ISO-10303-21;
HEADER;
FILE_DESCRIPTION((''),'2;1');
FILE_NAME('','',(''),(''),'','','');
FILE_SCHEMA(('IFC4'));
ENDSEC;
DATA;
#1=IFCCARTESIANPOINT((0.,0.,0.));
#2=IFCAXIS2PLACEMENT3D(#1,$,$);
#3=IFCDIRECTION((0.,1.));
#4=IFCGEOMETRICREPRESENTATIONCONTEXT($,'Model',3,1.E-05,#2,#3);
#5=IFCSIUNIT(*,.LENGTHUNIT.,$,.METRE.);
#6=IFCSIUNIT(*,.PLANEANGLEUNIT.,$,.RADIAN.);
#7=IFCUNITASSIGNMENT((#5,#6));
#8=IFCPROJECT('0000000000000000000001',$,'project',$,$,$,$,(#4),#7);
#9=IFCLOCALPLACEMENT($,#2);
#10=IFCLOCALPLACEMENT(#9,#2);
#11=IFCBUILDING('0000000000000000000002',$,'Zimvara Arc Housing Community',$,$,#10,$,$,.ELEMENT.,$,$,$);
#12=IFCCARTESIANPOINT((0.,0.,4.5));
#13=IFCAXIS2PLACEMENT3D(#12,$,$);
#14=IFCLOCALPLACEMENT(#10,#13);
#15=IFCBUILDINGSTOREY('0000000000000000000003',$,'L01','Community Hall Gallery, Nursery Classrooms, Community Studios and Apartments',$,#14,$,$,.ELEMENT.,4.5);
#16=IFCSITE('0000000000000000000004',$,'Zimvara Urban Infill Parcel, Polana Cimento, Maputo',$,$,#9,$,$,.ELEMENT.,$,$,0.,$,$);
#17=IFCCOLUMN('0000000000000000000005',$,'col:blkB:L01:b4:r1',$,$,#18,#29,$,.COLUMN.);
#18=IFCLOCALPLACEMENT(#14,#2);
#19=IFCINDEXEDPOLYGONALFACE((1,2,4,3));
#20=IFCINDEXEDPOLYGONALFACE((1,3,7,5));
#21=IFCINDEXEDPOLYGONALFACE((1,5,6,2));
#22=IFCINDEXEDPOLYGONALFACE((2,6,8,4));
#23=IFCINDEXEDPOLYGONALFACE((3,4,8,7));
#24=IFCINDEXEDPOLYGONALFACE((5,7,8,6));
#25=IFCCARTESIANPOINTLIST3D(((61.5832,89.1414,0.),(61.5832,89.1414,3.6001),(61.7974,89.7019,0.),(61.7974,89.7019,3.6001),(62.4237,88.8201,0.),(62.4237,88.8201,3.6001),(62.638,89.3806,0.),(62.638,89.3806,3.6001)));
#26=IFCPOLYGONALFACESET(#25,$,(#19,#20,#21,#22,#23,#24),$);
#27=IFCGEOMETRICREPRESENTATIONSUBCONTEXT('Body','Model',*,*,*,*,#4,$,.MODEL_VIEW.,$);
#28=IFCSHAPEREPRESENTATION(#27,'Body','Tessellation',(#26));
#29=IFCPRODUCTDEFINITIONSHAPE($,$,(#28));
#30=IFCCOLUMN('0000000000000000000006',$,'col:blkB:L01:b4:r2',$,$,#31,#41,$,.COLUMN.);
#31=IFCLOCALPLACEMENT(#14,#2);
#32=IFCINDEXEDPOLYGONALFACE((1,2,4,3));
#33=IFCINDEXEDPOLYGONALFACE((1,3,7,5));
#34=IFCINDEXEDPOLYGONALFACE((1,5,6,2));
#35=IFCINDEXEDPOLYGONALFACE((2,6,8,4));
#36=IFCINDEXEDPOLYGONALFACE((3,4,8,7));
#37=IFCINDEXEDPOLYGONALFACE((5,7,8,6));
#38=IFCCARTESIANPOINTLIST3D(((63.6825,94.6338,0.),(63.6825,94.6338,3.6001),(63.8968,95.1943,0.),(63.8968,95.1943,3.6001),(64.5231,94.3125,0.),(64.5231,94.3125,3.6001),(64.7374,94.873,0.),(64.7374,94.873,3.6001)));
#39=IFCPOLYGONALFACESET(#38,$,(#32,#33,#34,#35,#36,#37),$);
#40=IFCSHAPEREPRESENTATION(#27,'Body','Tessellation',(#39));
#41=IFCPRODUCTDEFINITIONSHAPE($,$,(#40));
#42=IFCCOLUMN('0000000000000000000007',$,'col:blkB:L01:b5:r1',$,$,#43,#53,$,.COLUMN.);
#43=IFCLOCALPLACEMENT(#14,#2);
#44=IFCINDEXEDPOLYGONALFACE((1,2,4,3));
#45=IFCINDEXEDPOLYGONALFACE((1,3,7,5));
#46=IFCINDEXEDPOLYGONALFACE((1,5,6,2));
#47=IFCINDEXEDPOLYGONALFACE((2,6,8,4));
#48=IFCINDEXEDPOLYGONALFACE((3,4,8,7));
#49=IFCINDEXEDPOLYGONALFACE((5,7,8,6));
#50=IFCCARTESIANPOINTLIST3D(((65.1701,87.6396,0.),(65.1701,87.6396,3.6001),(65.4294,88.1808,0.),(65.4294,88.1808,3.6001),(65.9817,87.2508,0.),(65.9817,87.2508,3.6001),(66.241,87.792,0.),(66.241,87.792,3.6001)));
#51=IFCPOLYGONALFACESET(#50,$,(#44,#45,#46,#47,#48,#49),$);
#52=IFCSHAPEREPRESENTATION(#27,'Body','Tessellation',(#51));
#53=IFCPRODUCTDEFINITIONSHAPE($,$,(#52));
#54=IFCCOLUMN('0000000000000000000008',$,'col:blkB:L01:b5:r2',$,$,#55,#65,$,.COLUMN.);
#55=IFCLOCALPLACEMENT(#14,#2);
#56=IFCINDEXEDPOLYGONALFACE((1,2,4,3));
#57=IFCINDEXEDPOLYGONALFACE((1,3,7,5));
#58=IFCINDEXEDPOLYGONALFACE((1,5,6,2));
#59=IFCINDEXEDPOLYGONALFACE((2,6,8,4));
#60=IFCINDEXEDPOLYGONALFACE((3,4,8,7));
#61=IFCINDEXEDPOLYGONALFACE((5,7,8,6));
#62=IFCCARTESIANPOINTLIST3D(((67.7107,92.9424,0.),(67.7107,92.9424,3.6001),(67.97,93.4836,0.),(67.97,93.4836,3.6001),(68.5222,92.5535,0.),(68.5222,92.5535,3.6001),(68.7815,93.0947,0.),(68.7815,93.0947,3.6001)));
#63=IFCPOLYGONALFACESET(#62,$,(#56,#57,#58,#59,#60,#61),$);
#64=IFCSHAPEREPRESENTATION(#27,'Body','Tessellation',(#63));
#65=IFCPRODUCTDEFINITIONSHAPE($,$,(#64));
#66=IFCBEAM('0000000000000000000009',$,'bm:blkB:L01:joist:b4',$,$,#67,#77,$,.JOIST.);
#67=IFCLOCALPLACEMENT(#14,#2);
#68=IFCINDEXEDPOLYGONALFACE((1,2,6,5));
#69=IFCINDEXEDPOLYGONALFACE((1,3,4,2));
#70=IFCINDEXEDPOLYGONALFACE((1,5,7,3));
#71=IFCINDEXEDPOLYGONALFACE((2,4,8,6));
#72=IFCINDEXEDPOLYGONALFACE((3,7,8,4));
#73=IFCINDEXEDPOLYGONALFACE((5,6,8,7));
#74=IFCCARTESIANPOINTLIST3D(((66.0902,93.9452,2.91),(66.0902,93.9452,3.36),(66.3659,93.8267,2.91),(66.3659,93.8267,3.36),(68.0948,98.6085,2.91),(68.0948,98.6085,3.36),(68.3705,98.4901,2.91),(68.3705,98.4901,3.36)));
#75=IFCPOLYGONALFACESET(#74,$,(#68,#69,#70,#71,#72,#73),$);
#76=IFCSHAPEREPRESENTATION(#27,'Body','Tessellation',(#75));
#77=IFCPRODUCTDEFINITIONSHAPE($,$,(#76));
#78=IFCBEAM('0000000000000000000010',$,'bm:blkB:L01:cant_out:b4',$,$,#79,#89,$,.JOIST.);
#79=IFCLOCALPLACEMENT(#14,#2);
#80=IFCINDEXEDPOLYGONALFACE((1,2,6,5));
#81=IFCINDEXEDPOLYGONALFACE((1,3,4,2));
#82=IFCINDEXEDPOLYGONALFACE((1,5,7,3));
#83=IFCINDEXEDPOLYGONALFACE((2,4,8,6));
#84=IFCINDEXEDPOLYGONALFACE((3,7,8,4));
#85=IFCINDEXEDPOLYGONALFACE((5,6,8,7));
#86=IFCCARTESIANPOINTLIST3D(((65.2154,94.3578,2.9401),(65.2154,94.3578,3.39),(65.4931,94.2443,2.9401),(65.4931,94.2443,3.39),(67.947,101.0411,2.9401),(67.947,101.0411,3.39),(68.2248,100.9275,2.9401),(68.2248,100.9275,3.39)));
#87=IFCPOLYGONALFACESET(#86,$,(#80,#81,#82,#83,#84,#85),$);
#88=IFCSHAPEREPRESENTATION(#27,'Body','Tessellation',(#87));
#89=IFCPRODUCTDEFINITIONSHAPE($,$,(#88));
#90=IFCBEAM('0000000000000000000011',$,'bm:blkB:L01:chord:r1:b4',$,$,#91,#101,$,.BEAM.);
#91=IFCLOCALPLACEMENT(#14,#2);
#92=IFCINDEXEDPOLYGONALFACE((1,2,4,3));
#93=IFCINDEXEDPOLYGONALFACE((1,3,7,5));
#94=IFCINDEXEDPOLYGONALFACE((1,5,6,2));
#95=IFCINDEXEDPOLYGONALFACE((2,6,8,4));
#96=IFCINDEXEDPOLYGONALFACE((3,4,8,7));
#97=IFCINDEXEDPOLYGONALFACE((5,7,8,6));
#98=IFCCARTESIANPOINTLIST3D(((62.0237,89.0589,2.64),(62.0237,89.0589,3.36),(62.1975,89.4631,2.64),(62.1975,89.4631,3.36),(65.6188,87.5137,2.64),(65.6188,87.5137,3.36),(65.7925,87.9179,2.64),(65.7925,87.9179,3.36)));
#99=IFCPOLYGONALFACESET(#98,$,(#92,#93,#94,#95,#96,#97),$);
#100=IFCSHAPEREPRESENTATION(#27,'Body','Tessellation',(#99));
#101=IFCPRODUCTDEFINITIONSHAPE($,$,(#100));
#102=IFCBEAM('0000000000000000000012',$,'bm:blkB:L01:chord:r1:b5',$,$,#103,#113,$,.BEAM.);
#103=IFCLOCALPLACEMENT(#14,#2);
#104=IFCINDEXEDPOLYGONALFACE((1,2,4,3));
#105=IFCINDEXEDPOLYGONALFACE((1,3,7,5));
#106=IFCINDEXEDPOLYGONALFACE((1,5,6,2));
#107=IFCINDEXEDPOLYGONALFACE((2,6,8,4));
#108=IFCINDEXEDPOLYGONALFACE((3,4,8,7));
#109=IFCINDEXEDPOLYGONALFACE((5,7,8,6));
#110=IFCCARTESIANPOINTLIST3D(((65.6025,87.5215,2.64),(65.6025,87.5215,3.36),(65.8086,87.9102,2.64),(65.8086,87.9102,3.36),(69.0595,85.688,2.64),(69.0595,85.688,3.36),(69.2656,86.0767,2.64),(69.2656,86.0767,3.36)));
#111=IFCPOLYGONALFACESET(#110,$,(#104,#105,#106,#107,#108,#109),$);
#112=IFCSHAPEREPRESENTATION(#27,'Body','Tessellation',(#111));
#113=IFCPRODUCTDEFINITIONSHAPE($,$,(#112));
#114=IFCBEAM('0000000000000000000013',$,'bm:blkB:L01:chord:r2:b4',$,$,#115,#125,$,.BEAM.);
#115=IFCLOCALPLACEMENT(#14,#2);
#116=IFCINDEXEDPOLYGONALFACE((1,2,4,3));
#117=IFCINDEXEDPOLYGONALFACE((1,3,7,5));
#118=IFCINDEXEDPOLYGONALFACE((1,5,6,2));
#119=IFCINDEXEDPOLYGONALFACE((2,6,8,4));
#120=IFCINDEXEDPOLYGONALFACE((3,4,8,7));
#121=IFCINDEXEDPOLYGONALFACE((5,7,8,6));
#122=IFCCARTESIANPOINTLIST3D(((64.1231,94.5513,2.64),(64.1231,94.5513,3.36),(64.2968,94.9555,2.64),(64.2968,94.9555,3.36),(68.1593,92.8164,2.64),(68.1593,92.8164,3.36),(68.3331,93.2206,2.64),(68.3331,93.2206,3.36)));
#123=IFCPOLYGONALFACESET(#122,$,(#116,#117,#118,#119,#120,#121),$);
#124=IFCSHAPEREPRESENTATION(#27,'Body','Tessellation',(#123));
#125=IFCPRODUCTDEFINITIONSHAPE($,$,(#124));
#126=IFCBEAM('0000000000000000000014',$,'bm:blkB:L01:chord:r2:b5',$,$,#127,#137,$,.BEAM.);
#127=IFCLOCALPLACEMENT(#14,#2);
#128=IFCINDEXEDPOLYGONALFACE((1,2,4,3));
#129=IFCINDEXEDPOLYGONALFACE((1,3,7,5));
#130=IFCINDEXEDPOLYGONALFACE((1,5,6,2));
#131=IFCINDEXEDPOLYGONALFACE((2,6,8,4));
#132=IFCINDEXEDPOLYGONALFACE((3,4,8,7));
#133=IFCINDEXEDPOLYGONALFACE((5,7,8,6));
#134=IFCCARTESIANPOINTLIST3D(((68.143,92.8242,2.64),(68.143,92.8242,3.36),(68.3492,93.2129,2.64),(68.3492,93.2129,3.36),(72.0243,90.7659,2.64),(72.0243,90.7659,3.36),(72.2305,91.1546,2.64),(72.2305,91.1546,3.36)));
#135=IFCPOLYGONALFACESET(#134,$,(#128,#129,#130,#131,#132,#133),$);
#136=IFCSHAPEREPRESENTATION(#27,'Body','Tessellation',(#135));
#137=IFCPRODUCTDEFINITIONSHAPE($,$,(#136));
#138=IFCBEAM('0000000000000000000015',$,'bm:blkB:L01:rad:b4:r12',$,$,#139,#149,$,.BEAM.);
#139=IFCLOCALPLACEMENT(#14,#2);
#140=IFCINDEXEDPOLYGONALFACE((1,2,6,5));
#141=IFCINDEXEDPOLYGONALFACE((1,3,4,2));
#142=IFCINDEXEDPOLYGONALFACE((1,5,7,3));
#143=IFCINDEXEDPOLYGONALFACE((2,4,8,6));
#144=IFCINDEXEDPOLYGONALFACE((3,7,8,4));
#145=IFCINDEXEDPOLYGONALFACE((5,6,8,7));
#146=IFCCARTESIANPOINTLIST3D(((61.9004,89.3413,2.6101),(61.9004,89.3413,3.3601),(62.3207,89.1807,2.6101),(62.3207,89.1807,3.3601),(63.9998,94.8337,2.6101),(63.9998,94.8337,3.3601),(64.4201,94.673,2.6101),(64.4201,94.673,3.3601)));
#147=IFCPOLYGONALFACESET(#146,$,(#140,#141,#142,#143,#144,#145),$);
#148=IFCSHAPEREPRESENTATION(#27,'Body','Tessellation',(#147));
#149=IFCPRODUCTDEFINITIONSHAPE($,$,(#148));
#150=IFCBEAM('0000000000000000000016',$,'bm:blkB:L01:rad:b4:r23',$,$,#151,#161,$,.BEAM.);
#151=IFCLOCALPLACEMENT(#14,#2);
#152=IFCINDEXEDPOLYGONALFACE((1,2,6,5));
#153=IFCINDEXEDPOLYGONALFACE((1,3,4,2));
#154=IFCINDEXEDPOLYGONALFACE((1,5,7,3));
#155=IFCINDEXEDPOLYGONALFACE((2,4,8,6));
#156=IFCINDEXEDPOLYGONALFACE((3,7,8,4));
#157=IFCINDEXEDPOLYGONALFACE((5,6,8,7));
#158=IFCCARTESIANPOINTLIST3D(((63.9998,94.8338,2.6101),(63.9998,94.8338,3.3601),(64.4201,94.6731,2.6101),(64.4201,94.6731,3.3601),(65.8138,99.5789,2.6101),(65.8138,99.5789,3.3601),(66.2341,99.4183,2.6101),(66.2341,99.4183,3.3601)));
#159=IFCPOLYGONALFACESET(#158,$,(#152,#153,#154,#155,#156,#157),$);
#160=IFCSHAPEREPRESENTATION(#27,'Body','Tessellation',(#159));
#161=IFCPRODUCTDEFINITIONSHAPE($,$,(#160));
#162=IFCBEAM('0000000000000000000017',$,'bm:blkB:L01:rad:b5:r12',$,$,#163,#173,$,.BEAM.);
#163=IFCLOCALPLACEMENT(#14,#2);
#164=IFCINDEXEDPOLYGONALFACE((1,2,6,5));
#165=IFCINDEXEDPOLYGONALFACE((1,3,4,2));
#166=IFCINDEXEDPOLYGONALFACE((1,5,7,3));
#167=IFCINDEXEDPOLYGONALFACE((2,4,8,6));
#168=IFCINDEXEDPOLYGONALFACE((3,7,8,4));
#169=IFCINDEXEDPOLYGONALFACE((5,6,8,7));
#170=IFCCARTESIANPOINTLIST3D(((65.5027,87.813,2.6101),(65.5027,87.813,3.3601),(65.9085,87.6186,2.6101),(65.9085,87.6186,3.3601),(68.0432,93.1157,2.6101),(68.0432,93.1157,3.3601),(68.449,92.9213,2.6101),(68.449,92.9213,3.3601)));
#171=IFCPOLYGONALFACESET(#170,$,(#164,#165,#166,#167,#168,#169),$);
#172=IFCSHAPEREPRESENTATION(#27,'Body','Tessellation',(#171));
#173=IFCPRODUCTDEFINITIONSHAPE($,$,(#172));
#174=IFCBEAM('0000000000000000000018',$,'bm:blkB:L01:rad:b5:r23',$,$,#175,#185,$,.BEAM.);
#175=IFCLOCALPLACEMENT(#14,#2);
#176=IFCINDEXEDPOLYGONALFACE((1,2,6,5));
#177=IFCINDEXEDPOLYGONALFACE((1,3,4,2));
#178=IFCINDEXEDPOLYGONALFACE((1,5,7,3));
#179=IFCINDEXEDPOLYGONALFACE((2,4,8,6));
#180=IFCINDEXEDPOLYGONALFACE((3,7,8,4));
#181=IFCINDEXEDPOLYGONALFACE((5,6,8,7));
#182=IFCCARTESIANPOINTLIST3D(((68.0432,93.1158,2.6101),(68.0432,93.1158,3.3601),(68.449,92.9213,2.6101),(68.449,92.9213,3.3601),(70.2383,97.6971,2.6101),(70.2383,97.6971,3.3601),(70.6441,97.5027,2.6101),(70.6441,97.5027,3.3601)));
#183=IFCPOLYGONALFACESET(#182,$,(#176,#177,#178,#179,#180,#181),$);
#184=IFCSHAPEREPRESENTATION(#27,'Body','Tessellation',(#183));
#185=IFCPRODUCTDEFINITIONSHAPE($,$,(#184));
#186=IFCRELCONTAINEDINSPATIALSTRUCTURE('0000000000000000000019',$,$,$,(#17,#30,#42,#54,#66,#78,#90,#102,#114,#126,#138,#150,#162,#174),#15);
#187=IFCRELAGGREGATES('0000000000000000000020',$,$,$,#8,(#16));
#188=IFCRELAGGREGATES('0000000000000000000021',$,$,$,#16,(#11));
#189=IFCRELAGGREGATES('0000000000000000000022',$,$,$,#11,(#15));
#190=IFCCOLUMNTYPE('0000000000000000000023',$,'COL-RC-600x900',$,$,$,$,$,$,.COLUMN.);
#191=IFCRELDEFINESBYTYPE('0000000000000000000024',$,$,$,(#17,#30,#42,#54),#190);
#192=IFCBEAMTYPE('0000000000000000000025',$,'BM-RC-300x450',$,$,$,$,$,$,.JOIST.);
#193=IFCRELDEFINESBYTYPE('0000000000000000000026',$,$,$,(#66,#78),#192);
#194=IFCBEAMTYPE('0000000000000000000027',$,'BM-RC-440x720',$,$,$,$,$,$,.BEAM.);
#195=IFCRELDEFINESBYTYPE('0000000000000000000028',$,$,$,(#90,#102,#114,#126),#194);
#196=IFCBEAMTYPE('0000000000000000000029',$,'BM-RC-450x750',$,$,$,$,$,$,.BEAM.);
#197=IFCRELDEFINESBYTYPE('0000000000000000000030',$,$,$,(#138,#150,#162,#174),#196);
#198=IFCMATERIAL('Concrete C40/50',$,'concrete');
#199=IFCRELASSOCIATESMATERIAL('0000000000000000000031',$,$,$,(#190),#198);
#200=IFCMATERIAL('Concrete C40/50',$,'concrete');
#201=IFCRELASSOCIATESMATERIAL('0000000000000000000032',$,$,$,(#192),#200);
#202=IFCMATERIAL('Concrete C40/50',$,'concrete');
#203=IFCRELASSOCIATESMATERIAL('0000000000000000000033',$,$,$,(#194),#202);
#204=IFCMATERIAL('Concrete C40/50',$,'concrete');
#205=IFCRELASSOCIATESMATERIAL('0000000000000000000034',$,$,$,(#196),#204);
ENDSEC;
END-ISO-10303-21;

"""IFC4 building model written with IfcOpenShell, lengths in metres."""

from ifc_helpers import new_model, si_unit, direction, frame, origin, origin_2d, place, context, subcontext, project, spatial, rectangle, extrude, material, material_profile, profile_set, type_object, element, save


model = new_model("IFC4")

# Units and contexts
model_context = context("Model", 3, precision=1e-05, world=origin(), true_north=direction((0.0, 1.0)))
body_context = subcontext(model_context, "Body", "Model", "MODEL_VIEW")
ifc_project = project(units=[si_unit("LENGTHUNIT", "METRE"), si_unit("PLANEANGLEUNIT", "RADIAN")], contexts=[model_context])

# Site, building, storey
site_placement = place(None, origin())
site = spatial("IfcSite", under=ifc_project, at=site_placement, Name="Zimvara Urban Infill Parcel, Polana Cimento, Maputo", CompositionType="ELEMENT", RefElevation=0.0)
building_placement = place(site_placement, origin())
building = spatial("IfcBuilding", under=site, at=building_placement, Name="Zimvara Arc Housing Community", CompositionType="ELEMENT")
storey_placement = place(building_placement, frame((0.0, 0.0, 4.5)))
storey = spatial("IfcBuildingStorey", under=building, at=storey_placement, Name="L01", Description="Community Hall Gallery, Nursery Classrooms, Community Studios and Apartments", CompositionType="ELEMENT", Elevation=4.5)

# Columns
ifc_material_1 = material(Name="Concrete C40/50", Category="concrete")
ifc_material_profile_1 = material_profile(ifc_material_1, rectangle(XDim=0.6001, YDim=0.8999, at=origin_2d()), Name="RC 600x900")
ifc_profile_set_1 = profile_set([ifc_material_profile_1], Name="Concrete C40/50")
column_type = type_object("IfcColumnType", Name="COL-RC-600x900", PredefinedType="COLUMN", material=ifc_profile_set_1)
for number, where, z_axis, x_axis, name in (
    (1, (62.1106, 89.261, 0.0), (0.0, 0.0, 1.0), (0.357064, 0.93408, 0.0), "col:blkB:L01:b4:r1"),
    (2, (64.21, 94.7534, 0.0), (0.0, 0.0, 1.0), (0.357064, 0.93408, 0.0), "col:blkB:L01:b4:r2"),
    (3, (65.7056, 87.7158, 0.0), (0.0, 0.0, 1.0), (0.432086, 0.901833, 0.0), "col:blkB:L01:b5:r1"),
    (4, (68.2461, 93.0186, 0.0), (0.0, 0.0, 1.0), (0.432086, 0.901833, 0.0), "col:blkB:L01:b5:r2"),
):
    element("IfcColumn", number, at=place(storey_placement, frame(where, z_axis=z_axis, x_axis=x_axis)), inside=storey, type_object=column_type, Name=name, PredefinedType="COLUMN", context=body_context, shape_type="SweptSolid", body=[
        extrude(rectangle(XDim=0.6001, YDim=0.8999, at=origin_2d()), origin(), (0.0, 0.0, 1.0), 3.6001),
    ])

# Beams
ifc_material_2 = material(Name="Concrete C40/50", Category="concrete")
ifc_material_profile_2 = material_profile(ifc_material_2, rectangle(XDim=0.3, YDim=0.45, at=origin_2d()), Name="RC 300x450")
ifc_profile_set_2 = profile_set([ifc_material_profile_2], Name="Concrete C40/50")
beam_type_1 = type_object("IfcBeamType", Name="BM-RC-300x450", PredefinedType="JOIST", material=ifc_profile_set_2)
beam_1_placement = place(storey_placement, frame((66.228, 93.886, 3.135), z_axis=(0.394929, 0.918712, 0.0), x_axis=(-0.918712, 0.394929, 0.0)))
element("IfcBeam", 5, at=beam_1_placement, inside=storey, type_object=beam_type_1, Name="bm:blkB:L01:joist:b4", PredefinedType="JOIST", context=body_context, shape_type="SweptSolid", body=[
    extrude(rectangle(XDim=0.3, YDim=0.45, at=origin_2d()), origin(), (0.0, 0.0, 1.0), 5.0759),
])
beam_2_placement = place(storey_placement, frame((65.3542, 94.301, 3.165), z_axis=(0.378347, 0.925664, 0.0), x_axis=(-0.925664, 0.378347, 0.0)))
element("IfcBeam", 6, at=beam_2_placement, inside=storey, type_object=beam_type_1, Name="bm:blkB:L01:cant_out:b4", PredefinedType="JOIST", context=body_context, shape_type="SweptSolid", body=[
    extrude(rectangle(XDim=0.3, YDim=0.45, at=origin_2d()), origin(), (0.0, 0.0, 1.0), 7.22),
])
ifc_material_3 = material(Name="Concrete C40/50", Category="concrete")
ifc_material_profile_3 = material_profile(ifc_material_3, rectangle(XDim=0.4399, YDim=0.72, at=origin_2d()), Name="RC 440x720")
ifc_profile_set_3 = profile_set([ifc_material_profile_3], Name="Concrete C40/50")
beam_type_2 = type_object("IfcBeamType", Name="BM-RC-440x720", PredefinedType="BEAM", material=ifc_profile_set_3)
for number, where, z_axis, x_axis, name in (
    (7, (62.1106, 89.261, 3.0), (0.918731, -0.394883, 0.0), (0.394883, 0.918731, 0.0), "bm:blkB:L01:chord:r1:b4"),
    (8, (65.7056, 87.7158, 3.0), (0.883439, -0.468547, 0.0), (0.468547, 0.883439, 0.0), "bm:blkB:L01:chord:r1:b5"),
):
    element("IfcBeam", number, at=place(storey_placement, frame(where, z_axis=z_axis, x_axis=x_axis)), inside=storey, type_object=beam_type_2, Name=name, PredefinedType="BEAM", context=body_context, shape_type="SweptSolid", body=[
        extrude(rectangle(XDim=0.4399, YDim=0.72, at=origin_2d()), origin(), (0.0, 0.0, 1.0), 3.9131),
    ])
for number, where, z_axis, x_axis, name in (
    (9, (64.21, 94.7534, 3.0), (0.918725, -0.394898, 0.0), (0.394898, 0.918725, 0.0), "bm:blkB:L01:chord:r2:b4"),
    (10, (68.2461, 93.0186, 3.0), (0.883457, -0.468513, 0.0), (0.468513, 0.883457, 0.0), "bm:blkB:L01:chord:r2:b5"),
):
    element("IfcBeam", number, at=place(storey_placement, frame(where, z_axis=z_axis, x_axis=x_axis)), inside=storey, type_object=beam_type_2, Name=name, PredefinedType="BEAM", context=body_context, shape_type="SweptSolid", body=[
        extrude(rectangle(XDim=0.4399, YDim=0.72, at=origin_2d()), origin(), (0.0, 0.0, 1.0), 4.3933),
    ])
ifc_material_4 = material(Name="Concrete C40/50", Category="concrete")
ifc_material_profile_4 = material_profile(ifc_material_4, rectangle(XDim=0.45, YDim=0.75, at=origin_2d()), Name="RC 450x750")
ifc_profile_set_4 = profile_set([ifc_material_profile_4], Name="Concrete C40/50")
beam_type_3 = type_object("IfcBeamType", Name="BM-RC-450x750", PredefinedType="BEAM", material=ifc_profile_set_4)
beam_3_placement = place(storey_placement, frame((62.1106, 89.261, 2.9851), z_axis=(0.357036, 0.934091, 0.0), x_axis=(-0.934091, 0.357036, 0.0)))
element("IfcBeam", 11, at=beam_3_placement, inside=storey, type_object=beam_type_3, Name="bm:blkB:L01:rad:b4:r12", PredefinedType="BEAM", context=body_context, shape_type="SweptSolid", body=[
    extrude(rectangle(XDim=0.45, YDim=0.75, at=origin_2d()), origin(), (0.0, 0.0, 1.0), 5.8799),
])
beam_4_placement = place(storey_placement, frame((64.21, 94.7534, 2.9851), z_axis=(0.357078, 0.934074, 0.0), x_axis=(-0.934074, 0.357078, 0.0)))
element("IfcBeam", 12, at=beam_4_placement, inside=storey, type_object=beam_type_3, Name="bm:blkB:L01:rad:b4:r23", PredefinedType="BEAM", context=body_context, shape_type="SweptSolid", body=[
    extrude(rectangle(XDim=0.45, YDim=0.75, at=origin_2d()), origin(), (0.0, 0.0, 1.0), 5.0801),
])
beam_5_placement = place(storey_placement, frame((65.7056, 87.7158, 2.9851), z_axis=(0.43207, 0.90184, 0.0), x_axis=(-0.90184, 0.43207, 0.0)))
element("IfcBeam", 13, at=beam_5_placement, inside=storey, type_object=beam_type_3, Name="bm:blkB:L01:rad:b5:r12", PredefinedType="BEAM", context=body_context, shape_type="SweptSolid", body=[
    extrude(rectangle(XDim=0.45, YDim=0.75, at=origin_2d()), origin(), (0.0, 0.0, 1.0), 5.8799),
])
beam_6_placement = place(storey_placement, frame((68.2461, 93.0186, 2.9851), z_axis=(0.432098, 0.901827, 0.0), x_axis=(-0.901827, 0.432098, 0.0)))
element("IfcBeam", 14, at=beam_6_placement, inside=storey, type_object=beam_type_3, Name="bm:blkB:L01:rad:b5:r23", PredefinedType="BEAM", context=body_context, shape_type="SweptSolid", body=[
    extrude(rectangle(XDim=0.45, YDim=0.75, at=origin_2d()), origin(), (0.0, 0.0, 1.0), 5.0801),
])

save(model, "model.ifc")
